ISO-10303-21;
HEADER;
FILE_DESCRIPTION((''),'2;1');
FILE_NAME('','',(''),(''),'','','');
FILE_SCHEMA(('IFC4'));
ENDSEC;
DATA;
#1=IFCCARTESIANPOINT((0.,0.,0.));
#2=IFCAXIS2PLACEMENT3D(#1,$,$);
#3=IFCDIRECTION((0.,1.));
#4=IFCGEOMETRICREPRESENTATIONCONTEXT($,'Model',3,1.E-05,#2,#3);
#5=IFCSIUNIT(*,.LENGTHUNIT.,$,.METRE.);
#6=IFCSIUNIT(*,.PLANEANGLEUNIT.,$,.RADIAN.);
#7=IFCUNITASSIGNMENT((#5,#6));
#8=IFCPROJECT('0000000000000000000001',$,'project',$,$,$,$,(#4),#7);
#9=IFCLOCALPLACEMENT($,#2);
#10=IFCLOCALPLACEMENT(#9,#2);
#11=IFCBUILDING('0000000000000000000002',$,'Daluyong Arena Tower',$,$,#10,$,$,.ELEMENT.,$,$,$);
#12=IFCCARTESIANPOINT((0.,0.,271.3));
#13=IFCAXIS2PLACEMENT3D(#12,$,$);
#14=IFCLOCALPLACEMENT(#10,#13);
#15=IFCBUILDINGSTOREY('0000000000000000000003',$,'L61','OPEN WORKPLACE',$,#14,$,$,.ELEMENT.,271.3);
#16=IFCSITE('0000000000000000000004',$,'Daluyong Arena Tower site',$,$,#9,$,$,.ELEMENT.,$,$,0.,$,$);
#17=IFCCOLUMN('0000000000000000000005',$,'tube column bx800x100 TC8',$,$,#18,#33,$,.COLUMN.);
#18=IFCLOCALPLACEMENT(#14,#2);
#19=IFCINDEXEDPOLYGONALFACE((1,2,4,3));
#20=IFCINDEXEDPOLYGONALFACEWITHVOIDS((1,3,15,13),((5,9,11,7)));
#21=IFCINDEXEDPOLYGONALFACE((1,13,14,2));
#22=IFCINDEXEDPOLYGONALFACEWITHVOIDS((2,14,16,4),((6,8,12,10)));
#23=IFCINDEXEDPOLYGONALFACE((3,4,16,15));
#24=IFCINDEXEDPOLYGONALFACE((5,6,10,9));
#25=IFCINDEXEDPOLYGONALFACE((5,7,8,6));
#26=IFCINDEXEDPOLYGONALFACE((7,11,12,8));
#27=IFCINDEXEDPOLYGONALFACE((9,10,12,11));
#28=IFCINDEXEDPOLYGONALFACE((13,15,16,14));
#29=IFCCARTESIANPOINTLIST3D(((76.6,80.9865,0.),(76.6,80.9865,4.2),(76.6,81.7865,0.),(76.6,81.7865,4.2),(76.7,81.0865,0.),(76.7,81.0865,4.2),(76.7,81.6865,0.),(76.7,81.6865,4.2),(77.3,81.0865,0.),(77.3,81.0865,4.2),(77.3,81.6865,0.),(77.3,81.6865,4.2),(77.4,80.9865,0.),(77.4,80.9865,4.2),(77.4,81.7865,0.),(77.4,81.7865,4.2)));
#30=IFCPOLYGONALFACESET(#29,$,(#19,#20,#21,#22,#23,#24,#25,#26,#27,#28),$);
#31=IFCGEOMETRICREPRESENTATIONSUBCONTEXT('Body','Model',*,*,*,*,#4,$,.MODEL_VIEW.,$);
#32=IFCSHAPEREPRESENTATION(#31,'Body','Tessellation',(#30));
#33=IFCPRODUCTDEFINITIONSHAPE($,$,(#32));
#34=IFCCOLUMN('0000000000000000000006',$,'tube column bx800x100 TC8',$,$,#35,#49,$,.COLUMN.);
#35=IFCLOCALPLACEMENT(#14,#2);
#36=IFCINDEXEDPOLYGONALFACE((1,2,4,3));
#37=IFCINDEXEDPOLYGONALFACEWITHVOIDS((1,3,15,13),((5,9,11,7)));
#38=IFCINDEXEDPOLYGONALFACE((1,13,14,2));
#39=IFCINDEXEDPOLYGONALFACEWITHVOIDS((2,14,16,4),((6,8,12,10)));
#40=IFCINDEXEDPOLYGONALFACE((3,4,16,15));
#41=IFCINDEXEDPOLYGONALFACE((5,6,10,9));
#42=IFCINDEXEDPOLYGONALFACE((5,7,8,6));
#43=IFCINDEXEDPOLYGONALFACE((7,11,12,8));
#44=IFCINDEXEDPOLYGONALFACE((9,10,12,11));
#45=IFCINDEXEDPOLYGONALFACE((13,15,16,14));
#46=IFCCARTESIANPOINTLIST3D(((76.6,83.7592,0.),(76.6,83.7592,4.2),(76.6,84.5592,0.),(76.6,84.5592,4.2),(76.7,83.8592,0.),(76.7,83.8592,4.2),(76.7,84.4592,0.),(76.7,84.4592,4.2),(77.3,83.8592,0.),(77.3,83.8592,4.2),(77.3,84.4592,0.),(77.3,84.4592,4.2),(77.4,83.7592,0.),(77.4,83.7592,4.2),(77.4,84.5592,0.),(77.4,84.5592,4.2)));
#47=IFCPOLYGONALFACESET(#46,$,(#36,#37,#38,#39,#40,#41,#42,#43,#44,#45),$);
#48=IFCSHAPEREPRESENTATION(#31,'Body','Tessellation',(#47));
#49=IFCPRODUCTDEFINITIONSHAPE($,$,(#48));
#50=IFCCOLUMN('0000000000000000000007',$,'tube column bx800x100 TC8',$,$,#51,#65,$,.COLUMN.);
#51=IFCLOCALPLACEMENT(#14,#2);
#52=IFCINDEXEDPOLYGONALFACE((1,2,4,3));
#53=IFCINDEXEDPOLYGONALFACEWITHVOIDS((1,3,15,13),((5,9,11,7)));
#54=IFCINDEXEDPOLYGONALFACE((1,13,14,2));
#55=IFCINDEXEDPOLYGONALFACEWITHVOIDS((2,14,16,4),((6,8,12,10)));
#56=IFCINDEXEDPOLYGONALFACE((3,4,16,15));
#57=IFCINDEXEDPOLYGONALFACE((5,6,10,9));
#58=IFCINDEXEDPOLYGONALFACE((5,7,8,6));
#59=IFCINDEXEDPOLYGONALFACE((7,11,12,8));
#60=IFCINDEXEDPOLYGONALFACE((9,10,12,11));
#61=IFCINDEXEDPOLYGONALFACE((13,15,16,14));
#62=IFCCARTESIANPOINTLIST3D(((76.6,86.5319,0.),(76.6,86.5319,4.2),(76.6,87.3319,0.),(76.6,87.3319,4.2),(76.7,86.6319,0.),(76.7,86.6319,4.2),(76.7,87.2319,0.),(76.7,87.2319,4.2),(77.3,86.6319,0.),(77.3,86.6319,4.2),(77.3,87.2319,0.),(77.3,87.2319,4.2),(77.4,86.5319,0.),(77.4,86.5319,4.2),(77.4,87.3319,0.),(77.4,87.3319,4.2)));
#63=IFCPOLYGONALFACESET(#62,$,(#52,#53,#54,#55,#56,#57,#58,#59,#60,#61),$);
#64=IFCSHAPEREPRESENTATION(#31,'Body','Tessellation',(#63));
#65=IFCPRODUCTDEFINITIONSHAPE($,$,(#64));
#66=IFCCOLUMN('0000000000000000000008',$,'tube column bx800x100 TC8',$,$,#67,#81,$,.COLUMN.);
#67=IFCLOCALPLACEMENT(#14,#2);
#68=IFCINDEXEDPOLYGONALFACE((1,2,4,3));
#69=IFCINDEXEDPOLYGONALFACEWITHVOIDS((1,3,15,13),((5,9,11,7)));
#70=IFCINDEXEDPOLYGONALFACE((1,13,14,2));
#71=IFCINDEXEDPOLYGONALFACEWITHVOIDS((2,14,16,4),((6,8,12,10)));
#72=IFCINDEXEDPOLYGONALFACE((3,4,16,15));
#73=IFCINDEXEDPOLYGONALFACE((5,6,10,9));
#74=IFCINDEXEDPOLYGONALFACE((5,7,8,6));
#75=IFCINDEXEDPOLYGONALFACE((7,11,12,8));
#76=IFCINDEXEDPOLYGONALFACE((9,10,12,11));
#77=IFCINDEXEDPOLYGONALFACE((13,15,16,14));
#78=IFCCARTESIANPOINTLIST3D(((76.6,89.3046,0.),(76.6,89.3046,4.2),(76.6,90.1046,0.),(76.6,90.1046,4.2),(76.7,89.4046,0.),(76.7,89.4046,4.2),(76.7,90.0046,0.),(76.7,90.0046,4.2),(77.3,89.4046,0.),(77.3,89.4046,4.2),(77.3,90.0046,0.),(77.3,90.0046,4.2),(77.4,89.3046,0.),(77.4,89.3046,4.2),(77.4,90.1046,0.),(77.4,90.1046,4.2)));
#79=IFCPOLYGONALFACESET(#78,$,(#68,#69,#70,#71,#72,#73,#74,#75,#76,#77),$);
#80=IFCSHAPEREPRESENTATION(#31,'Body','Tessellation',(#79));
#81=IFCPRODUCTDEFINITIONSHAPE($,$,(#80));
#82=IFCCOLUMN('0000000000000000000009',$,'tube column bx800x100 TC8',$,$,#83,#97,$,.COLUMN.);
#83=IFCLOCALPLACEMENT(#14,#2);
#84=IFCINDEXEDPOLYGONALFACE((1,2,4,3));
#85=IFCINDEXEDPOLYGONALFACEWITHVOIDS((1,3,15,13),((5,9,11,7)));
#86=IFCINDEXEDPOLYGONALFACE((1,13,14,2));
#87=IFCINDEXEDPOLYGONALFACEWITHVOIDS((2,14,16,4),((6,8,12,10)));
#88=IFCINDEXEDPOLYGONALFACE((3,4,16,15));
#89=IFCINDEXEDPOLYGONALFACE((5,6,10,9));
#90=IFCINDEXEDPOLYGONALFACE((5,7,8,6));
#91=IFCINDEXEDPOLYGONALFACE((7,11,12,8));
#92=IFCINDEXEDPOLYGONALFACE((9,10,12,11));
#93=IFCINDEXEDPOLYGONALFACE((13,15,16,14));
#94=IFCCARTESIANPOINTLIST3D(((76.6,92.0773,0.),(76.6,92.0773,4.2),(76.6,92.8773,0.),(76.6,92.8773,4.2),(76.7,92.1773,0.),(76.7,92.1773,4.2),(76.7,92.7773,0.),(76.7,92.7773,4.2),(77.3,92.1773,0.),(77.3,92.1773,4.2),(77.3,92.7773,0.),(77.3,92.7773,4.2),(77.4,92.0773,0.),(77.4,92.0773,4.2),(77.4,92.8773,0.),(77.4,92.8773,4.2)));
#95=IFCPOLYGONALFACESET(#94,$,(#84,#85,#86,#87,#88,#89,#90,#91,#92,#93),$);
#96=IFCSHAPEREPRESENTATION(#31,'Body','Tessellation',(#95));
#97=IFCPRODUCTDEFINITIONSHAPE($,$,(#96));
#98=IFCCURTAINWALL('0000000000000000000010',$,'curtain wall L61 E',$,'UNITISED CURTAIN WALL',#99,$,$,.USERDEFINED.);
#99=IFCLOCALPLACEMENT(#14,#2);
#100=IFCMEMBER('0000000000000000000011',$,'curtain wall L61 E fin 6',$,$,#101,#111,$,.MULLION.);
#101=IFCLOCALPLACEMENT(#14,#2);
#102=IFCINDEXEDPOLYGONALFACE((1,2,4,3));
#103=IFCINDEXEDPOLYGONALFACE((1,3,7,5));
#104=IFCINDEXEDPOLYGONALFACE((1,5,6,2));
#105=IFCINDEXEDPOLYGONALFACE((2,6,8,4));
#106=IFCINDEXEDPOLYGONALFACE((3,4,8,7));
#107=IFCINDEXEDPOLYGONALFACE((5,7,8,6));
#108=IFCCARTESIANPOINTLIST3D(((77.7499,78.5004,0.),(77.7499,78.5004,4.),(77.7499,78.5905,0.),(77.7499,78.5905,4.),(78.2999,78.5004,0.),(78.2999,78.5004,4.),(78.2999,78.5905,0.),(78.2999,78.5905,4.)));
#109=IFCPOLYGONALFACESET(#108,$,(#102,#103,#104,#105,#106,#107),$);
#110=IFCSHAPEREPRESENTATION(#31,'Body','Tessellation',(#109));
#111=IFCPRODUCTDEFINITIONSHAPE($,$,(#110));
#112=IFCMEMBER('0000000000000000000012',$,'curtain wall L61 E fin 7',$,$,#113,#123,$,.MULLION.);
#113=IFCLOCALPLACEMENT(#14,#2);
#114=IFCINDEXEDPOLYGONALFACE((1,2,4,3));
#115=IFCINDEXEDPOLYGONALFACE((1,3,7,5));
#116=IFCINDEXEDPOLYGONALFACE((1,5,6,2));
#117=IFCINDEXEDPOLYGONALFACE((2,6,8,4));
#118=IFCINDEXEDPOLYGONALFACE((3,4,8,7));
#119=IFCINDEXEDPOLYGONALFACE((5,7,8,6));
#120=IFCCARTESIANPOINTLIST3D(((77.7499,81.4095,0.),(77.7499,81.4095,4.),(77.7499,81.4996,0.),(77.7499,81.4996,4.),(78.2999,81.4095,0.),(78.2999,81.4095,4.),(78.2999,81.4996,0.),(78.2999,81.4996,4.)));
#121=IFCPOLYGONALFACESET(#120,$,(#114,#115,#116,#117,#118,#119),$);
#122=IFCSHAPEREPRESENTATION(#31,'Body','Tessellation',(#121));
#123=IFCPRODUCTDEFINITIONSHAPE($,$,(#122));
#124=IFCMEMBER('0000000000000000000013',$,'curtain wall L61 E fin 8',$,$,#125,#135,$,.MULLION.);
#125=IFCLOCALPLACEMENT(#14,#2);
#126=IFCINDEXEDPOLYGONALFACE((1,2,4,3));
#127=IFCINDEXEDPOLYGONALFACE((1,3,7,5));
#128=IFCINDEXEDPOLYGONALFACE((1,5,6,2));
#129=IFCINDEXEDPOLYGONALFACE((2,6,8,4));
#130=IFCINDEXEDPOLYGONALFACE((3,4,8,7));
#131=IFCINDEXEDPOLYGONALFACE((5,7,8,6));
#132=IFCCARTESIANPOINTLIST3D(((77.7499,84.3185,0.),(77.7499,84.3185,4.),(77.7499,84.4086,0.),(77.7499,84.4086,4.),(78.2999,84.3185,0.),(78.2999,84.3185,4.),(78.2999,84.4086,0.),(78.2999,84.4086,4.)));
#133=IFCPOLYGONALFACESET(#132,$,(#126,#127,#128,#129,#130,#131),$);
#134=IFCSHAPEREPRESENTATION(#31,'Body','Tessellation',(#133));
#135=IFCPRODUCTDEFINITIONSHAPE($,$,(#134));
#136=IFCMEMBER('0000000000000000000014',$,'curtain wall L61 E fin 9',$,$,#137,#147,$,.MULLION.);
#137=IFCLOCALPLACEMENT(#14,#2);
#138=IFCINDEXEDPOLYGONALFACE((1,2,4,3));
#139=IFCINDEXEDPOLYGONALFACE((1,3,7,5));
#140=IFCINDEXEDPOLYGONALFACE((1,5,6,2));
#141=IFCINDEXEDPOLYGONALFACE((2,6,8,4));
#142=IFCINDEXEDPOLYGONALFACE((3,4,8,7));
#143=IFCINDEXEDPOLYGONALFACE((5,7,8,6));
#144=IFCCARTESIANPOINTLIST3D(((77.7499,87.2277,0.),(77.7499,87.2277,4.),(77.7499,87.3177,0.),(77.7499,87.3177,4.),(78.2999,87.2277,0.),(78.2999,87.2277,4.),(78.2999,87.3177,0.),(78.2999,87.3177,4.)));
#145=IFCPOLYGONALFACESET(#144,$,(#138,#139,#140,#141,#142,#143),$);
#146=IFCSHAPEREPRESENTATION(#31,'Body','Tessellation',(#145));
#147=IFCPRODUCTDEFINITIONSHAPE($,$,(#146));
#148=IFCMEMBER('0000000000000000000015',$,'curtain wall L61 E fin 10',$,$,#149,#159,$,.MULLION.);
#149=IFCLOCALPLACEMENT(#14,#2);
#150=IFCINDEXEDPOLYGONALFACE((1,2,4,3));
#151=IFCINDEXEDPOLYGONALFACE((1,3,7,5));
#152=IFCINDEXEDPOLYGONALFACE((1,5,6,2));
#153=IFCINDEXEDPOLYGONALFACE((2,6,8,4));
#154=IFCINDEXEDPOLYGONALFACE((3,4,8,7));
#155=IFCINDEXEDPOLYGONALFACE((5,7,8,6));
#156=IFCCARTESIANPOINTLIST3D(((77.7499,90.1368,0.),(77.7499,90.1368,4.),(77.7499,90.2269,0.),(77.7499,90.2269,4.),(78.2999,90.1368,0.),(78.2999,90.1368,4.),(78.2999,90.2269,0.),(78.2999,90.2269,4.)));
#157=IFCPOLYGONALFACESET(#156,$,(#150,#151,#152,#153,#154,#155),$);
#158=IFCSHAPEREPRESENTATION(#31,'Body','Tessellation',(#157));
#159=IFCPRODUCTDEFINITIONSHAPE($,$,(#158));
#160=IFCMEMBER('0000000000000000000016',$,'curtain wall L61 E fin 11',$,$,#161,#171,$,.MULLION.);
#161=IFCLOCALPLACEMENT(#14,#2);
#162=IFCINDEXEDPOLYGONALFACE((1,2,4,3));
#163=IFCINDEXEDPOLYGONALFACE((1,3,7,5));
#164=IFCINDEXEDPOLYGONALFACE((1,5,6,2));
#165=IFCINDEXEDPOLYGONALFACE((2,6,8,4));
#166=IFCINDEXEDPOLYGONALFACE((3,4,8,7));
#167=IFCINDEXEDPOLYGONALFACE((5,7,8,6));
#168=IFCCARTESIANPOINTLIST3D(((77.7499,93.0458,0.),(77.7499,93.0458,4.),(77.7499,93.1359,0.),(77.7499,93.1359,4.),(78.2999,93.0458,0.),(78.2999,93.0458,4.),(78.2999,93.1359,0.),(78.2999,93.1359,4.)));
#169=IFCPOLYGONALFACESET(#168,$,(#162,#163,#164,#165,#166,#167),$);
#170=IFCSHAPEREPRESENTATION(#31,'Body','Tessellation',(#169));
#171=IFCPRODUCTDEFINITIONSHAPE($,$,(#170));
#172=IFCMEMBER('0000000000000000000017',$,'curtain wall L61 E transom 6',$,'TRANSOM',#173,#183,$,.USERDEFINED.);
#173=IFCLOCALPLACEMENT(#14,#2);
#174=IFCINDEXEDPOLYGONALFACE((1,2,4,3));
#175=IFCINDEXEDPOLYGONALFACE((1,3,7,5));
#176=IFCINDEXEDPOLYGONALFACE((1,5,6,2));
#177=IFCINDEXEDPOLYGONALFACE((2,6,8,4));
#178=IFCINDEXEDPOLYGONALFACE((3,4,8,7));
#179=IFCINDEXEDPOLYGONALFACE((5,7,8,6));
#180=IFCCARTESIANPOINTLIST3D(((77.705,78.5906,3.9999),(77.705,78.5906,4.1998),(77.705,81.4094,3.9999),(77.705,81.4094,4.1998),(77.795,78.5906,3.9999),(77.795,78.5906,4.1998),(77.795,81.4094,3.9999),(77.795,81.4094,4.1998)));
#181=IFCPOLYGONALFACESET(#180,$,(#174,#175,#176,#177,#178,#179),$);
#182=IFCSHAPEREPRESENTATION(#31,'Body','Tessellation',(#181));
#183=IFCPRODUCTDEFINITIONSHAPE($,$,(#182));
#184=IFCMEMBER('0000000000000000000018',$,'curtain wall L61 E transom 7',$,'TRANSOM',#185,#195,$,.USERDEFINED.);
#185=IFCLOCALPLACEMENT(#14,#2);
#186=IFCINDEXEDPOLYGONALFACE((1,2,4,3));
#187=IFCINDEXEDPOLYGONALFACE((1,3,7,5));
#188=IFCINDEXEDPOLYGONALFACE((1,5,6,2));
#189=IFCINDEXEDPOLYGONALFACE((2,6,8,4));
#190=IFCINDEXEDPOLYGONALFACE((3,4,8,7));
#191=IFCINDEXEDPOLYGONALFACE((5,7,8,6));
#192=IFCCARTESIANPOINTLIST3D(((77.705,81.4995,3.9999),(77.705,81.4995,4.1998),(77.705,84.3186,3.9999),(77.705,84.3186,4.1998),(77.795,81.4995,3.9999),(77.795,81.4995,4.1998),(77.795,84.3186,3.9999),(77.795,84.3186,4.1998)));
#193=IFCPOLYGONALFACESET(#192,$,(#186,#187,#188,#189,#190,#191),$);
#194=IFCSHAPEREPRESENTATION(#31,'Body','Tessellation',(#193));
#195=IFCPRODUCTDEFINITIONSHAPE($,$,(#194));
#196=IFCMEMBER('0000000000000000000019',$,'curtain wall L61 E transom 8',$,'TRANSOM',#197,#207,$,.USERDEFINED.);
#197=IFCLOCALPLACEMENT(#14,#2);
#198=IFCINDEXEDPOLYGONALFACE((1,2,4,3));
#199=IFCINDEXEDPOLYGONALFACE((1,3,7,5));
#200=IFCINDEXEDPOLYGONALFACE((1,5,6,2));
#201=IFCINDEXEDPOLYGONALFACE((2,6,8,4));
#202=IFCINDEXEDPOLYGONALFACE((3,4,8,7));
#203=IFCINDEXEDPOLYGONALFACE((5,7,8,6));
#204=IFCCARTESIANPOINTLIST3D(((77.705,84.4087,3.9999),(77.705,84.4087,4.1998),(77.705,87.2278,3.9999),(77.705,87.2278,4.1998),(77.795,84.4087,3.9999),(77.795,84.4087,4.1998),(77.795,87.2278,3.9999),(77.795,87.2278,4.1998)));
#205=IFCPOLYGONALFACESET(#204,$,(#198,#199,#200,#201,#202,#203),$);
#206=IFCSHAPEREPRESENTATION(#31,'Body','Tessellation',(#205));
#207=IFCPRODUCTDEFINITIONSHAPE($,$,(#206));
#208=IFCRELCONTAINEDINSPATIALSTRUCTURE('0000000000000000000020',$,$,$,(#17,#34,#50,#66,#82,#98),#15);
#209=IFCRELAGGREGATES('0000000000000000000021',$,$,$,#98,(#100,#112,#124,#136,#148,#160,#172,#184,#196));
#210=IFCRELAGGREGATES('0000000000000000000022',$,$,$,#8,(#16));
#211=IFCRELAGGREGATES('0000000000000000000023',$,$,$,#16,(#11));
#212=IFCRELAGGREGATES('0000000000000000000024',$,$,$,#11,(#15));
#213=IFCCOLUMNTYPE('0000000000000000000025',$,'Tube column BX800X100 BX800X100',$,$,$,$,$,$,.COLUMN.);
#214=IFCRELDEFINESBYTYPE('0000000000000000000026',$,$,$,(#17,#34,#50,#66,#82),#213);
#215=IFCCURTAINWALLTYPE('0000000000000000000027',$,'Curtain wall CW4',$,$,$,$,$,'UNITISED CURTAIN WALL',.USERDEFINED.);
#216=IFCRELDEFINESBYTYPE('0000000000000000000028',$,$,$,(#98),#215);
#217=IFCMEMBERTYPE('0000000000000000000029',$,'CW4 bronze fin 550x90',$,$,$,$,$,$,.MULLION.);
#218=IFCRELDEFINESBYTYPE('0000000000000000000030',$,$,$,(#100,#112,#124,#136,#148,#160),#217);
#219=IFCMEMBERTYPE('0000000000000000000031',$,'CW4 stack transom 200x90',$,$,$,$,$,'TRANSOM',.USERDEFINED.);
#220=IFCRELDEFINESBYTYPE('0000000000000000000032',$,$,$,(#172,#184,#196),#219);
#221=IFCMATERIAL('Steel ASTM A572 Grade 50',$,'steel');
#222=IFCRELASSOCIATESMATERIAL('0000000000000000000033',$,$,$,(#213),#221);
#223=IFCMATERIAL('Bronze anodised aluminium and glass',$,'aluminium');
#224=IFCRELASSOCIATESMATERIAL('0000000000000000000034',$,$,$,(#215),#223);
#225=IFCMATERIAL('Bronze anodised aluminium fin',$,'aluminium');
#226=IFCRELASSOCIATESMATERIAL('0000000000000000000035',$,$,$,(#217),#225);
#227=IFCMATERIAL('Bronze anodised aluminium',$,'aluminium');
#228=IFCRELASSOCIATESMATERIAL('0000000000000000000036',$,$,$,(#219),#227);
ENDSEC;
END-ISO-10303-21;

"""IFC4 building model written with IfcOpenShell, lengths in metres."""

from ifc_helpers import new_model, si_unit, direction, frame, origin, origin_2d, place, context, subcontext, project, spatial, rectangle, hollow_rectangle, extrude, material, material_profile, profile_set, type_object, element, aggregate, save


model = new_model("IFC4")

# Units and contexts
model_context = context("Model", 3, precision=1e-05, world=origin(), true_north=direction((0.0, 1.0)))
body_context = subcontext(model_context, "Body", "Model", "MODEL_VIEW")
ifc_project = project(units=[si_unit("LENGTHUNIT", "METRE"), si_unit("PLANEANGLEUNIT", "RADIAN")], contexts=[model_context])

# Site, building, storey
site_placement = place(None, origin())
site = spatial("IfcSite", under=ifc_project, at=site_placement, Name="Daluyong Arena Tower site", CompositionType="ELEMENT", RefElevation=0.0)
building_placement = place(site_placement, origin())
building = spatial("IfcBuilding", under=site, at=building_placement, Name="Daluyong Arena Tower", CompositionType="ELEMENT")
storey_placement = place(building_placement, frame((0.0, 0.0, 271.3)))
storey = spatial("IfcBuildingStorey", under=building, at=storey_placement, Name="L61", Description="OPEN WORKPLACE", CompositionType="ELEMENT", Elevation=271.3)

# Columns
ifc_material_1 = material(Name="Steel ASTM A572 Grade 50", Category="steel")
ifc_material_profile_1 = material_profile(ifc_material_1, hollow_rectangle(XDim=0.8, YDim=0.8, WallThickness=0.1, at=origin_2d()))
ifc_profile_set_1 = profile_set([ifc_material_profile_1], Name="Steel ASTM A572 Grade 50")
column_type = type_object("IfcColumnType", Name="Tube column BX800X100 BX800X100", PredefinedType="COLUMN", material=ifc_profile_set_1)
for number, where, z_axis, x_axis, name in (
    (1, (77.0, 81.3865, 0.0), (0.0, 0.0, 1.0), (0.0, 1.0, 0.0), "tube column bx800x100 TC8"),
    (2, (77.0, 84.1592, 0.0), (0.0, 0.0, 1.0), (0.0, 1.0, 0.0), "tube column bx800x100 TC8"),
    (3, (77.0, 86.9319, 0.0), (0.0, 0.0, 1.0), (0.0, 1.0, 0.0), "tube column bx800x100 TC8"),
    (4, (77.0, 89.7046, 0.0), (0.0, 0.0, 1.0), (0.0, 1.0, 0.0), "tube column bx800x100 TC8"),
    (5, (77.0, 92.4773, 0.0), (0.0, 0.0, 1.0), (0.0, 1.0, 0.0), "tube column bx800x100 TC8"),
):
    element("IfcColumn", number, at=place(storey_placement, frame(where, z_axis=z_axis, x_axis=x_axis)), inside=storey, type_object=column_type, Name=name, PredefinedType="COLUMN", context=body_context, shape_type="SweptSolid", body=[
        extrude(hollow_rectangle(XDim=0.8, YDim=0.8, WallThickness=0.1, at=origin_2d()), origin(), (0.0, 0.0, 1.0), 4.2),
    ])

# Curtain wall, members
ifc_material_2 = material(Name="Bronze anodised aluminium and glass", Category="aluminium")
curtain_wall_type = type_object("IfcCurtainWallType", Name="Curtain wall CW4", ElementType="UNITISED CURTAIN WALL", PredefinedType="USERDEFINED", material=ifc_material_2)
curtain_wall_placement = place(storey_placement, origin())
curtain_wall = element("IfcCurtainWall", 6, at=curtain_wall_placement, inside=storey, type_object=curtain_wall_type, Name="curtain wall L61 E", ObjectType="UNITISED CURTAIN WALL", PredefinedType="USERDEFINED")
ifc_material_3 = material(Name="Bronze anodised aluminium fin", Category="aluminium")
ifc_material_profile_2 = material_profile(ifc_material_3, rectangle(XDim=0.55, YDim=0.0901, at=origin_2d()))
ifc_profile_set_2 = profile_set([ifc_material_profile_2], Name="Bronze anodised aluminium fin")
member_type_1 = type_object("IfcMemberType", Name="CW4 bronze fin 550x90", PredefinedType="MULLION", material=ifc_profile_set_2)
member_1_placement = place(storey_placement, frame((78.0249, 78.5454, 0.0), z_axis=(0.0, 0.0, 1.0), x_axis=(-1.0, 0.0, 0.0)))
member_1 = element("IfcMember", 7, at=member_1_placement, type_object=member_type_1, Name="curtain wall L61 E fin 6", PredefinedType="MULLION", context=body_context, shape_type="SweptSolid", body=[
    extrude(rectangle(XDim=0.55, YDim=0.0901, at=origin_2d()), origin(), (0.0, 0.0, 1.0), 4.0),
])
member_2_placement = place(storey_placement, frame((78.0249, 81.4546, 0.0), z_axis=(0.0, 0.0, 1.0), x_axis=(-1.0, 0.0, 0.0)))
member_2 = element("IfcMember", 8, at=member_2_placement, type_object=member_type_1, Name="curtain wall L61 E fin 7", PredefinedType="MULLION", context=body_context, shape_type="SweptSolid", body=[
    extrude(rectangle(XDim=0.55, YDim=0.0901, at=origin_2d()), origin(), (0.0, 0.0, 1.0), 4.0),
])
member_3_placement = place(storey_placement, frame((78.0249, 84.3635, 0.0), z_axis=(0.0, 0.0, 1.0), x_axis=(-1.0, 0.0, 0.0)))
member_3 = element("IfcMember", 9, at=member_3_placement, type_object=member_type_1, Name="curtain wall L61 E fin 8", PredefinedType="MULLION", context=body_context, shape_type="SweptSolid", body=[
    extrude(rectangle(XDim=0.55, YDim=0.0901, at=origin_2d()), origin(), (0.0, 0.0, 1.0), 4.0),
])
member_4_placement = place(storey_placement, frame((78.0249, 87.2727, 0.0), z_axis=(0.0, 0.0, 1.0), x_axis=(-1.0, 0.0, 0.0)))
member_4 = element("IfcMember", 10, at=member_4_placement, type_object=member_type_1, Name="curtain wall L61 E fin 9", PredefinedType="MULLION", context=body_context, shape_type="SweptSolid", body=[
    extrude(rectangle(XDim=0.55, YDim=0.0901, at=origin_2d()), origin(), (0.0, 0.0, 1.0), 4.0),
])
member_5_placement = place(storey_placement, frame((78.0249, 90.1819, 0.0), z_axis=(0.0, 0.0, 1.0), x_axis=(-1.0, 0.0, 0.0)))
member_5 = element("IfcMember", 11, at=member_5_placement, type_object=member_type_1, Name="curtain wall L61 E fin 10", PredefinedType="MULLION", context=body_context, shape_type="SweptSolid", body=[
    extrude(rectangle(XDim=0.55, YDim=0.0901, at=origin_2d()), origin(), (0.0, 0.0, 1.0), 4.0),
])
member_6_placement = place(storey_placement, frame((78.0249, 93.0908, 0.0), z_axis=(0.0, 0.0, 1.0), x_axis=(-1.0, 0.0, 0.0)))
member_6 = element("IfcMember", 12, at=member_6_placement, type_object=member_type_1, Name="curtain wall L61 E fin 11", PredefinedType="MULLION", context=body_context, shape_type="SweptSolid", body=[
    extrude(rectangle(XDim=0.55, YDim=0.0901, at=origin_2d()), origin(), (0.0, 0.0, 1.0), 4.0),
])
ifc_material_4 = material(Name="Bronze anodised aluminium", Category="aluminium")
ifc_material_profile_3 = material_profile(ifc_material_4, rectangle(XDim=0.0901, YDim=0.2, at=origin_2d()))
ifc_profile_set_3 = profile_set([ifc_material_profile_3], Name="Bronze anodised aluminium")
member_type_2 = type_object("IfcMemberType", Name="CW4 stack transom 200x90", ElementType="TRANSOM", PredefinedType="USERDEFINED", material=ifc_profile_set_3)
member_7_placement = place(storey_placement, frame((77.75, 78.5906, 4.0999), z_axis=(0.0, 1.0, 0.0), x_axis=(-1.0, 0.0, 0.0)))
member_7 = element("IfcMember", 13, at=member_7_placement, type_object=member_type_2, Name="curtain wall L61 E transom 6", ObjectType="TRANSOM", PredefinedType="USERDEFINED", context=body_context, shape_type="SweptSolid", body=[
    extrude(rectangle(XDim=0.0901, YDim=0.2, at=origin_2d()), origin(), (0.0, 0.0, 1.0), 2.8188),
])
member_8_placement = place(storey_placement, frame((77.75, 81.4995, 4.0999), z_axis=(0.0, 1.0, 0.0), x_axis=(-1.0, 0.0, 0.0)))
member_8 = element("IfcMember", 14, at=member_8_placement, type_object=member_type_2, Name="curtain wall L61 E transom 7", ObjectType="TRANSOM", PredefinedType="USERDEFINED", context=body_context, shape_type="SweptSolid", body=[
    extrude(rectangle(XDim=0.0901, YDim=0.2, at=origin_2d()), origin(), (0.0, 0.0, 1.0), 2.8191),
])
member_9_placement = place(storey_placement, frame((77.75, 84.4087, 4.0999), z_axis=(0.0, 1.0, 0.0), x_axis=(-1.0, 0.0, 0.0)))
member_9 = element("IfcMember", 15, at=member_9_placement, type_object=member_type_2, Name="curtain wall L61 E transom 8", ObjectType="TRANSOM", PredefinedType="USERDEFINED", context=body_context, shape_type="SweptSolid", body=[
    extrude(rectangle(XDim=0.0901, YDim=0.2, at=origin_2d()), origin(), (0.0, 0.0, 1.0), 2.8191),
])

aggregate(curtain_wall, [member_1, member_2, member_3, member_4, member_5, member_6, member_7, member_8, member_9])

save(model, "model.ifc")
